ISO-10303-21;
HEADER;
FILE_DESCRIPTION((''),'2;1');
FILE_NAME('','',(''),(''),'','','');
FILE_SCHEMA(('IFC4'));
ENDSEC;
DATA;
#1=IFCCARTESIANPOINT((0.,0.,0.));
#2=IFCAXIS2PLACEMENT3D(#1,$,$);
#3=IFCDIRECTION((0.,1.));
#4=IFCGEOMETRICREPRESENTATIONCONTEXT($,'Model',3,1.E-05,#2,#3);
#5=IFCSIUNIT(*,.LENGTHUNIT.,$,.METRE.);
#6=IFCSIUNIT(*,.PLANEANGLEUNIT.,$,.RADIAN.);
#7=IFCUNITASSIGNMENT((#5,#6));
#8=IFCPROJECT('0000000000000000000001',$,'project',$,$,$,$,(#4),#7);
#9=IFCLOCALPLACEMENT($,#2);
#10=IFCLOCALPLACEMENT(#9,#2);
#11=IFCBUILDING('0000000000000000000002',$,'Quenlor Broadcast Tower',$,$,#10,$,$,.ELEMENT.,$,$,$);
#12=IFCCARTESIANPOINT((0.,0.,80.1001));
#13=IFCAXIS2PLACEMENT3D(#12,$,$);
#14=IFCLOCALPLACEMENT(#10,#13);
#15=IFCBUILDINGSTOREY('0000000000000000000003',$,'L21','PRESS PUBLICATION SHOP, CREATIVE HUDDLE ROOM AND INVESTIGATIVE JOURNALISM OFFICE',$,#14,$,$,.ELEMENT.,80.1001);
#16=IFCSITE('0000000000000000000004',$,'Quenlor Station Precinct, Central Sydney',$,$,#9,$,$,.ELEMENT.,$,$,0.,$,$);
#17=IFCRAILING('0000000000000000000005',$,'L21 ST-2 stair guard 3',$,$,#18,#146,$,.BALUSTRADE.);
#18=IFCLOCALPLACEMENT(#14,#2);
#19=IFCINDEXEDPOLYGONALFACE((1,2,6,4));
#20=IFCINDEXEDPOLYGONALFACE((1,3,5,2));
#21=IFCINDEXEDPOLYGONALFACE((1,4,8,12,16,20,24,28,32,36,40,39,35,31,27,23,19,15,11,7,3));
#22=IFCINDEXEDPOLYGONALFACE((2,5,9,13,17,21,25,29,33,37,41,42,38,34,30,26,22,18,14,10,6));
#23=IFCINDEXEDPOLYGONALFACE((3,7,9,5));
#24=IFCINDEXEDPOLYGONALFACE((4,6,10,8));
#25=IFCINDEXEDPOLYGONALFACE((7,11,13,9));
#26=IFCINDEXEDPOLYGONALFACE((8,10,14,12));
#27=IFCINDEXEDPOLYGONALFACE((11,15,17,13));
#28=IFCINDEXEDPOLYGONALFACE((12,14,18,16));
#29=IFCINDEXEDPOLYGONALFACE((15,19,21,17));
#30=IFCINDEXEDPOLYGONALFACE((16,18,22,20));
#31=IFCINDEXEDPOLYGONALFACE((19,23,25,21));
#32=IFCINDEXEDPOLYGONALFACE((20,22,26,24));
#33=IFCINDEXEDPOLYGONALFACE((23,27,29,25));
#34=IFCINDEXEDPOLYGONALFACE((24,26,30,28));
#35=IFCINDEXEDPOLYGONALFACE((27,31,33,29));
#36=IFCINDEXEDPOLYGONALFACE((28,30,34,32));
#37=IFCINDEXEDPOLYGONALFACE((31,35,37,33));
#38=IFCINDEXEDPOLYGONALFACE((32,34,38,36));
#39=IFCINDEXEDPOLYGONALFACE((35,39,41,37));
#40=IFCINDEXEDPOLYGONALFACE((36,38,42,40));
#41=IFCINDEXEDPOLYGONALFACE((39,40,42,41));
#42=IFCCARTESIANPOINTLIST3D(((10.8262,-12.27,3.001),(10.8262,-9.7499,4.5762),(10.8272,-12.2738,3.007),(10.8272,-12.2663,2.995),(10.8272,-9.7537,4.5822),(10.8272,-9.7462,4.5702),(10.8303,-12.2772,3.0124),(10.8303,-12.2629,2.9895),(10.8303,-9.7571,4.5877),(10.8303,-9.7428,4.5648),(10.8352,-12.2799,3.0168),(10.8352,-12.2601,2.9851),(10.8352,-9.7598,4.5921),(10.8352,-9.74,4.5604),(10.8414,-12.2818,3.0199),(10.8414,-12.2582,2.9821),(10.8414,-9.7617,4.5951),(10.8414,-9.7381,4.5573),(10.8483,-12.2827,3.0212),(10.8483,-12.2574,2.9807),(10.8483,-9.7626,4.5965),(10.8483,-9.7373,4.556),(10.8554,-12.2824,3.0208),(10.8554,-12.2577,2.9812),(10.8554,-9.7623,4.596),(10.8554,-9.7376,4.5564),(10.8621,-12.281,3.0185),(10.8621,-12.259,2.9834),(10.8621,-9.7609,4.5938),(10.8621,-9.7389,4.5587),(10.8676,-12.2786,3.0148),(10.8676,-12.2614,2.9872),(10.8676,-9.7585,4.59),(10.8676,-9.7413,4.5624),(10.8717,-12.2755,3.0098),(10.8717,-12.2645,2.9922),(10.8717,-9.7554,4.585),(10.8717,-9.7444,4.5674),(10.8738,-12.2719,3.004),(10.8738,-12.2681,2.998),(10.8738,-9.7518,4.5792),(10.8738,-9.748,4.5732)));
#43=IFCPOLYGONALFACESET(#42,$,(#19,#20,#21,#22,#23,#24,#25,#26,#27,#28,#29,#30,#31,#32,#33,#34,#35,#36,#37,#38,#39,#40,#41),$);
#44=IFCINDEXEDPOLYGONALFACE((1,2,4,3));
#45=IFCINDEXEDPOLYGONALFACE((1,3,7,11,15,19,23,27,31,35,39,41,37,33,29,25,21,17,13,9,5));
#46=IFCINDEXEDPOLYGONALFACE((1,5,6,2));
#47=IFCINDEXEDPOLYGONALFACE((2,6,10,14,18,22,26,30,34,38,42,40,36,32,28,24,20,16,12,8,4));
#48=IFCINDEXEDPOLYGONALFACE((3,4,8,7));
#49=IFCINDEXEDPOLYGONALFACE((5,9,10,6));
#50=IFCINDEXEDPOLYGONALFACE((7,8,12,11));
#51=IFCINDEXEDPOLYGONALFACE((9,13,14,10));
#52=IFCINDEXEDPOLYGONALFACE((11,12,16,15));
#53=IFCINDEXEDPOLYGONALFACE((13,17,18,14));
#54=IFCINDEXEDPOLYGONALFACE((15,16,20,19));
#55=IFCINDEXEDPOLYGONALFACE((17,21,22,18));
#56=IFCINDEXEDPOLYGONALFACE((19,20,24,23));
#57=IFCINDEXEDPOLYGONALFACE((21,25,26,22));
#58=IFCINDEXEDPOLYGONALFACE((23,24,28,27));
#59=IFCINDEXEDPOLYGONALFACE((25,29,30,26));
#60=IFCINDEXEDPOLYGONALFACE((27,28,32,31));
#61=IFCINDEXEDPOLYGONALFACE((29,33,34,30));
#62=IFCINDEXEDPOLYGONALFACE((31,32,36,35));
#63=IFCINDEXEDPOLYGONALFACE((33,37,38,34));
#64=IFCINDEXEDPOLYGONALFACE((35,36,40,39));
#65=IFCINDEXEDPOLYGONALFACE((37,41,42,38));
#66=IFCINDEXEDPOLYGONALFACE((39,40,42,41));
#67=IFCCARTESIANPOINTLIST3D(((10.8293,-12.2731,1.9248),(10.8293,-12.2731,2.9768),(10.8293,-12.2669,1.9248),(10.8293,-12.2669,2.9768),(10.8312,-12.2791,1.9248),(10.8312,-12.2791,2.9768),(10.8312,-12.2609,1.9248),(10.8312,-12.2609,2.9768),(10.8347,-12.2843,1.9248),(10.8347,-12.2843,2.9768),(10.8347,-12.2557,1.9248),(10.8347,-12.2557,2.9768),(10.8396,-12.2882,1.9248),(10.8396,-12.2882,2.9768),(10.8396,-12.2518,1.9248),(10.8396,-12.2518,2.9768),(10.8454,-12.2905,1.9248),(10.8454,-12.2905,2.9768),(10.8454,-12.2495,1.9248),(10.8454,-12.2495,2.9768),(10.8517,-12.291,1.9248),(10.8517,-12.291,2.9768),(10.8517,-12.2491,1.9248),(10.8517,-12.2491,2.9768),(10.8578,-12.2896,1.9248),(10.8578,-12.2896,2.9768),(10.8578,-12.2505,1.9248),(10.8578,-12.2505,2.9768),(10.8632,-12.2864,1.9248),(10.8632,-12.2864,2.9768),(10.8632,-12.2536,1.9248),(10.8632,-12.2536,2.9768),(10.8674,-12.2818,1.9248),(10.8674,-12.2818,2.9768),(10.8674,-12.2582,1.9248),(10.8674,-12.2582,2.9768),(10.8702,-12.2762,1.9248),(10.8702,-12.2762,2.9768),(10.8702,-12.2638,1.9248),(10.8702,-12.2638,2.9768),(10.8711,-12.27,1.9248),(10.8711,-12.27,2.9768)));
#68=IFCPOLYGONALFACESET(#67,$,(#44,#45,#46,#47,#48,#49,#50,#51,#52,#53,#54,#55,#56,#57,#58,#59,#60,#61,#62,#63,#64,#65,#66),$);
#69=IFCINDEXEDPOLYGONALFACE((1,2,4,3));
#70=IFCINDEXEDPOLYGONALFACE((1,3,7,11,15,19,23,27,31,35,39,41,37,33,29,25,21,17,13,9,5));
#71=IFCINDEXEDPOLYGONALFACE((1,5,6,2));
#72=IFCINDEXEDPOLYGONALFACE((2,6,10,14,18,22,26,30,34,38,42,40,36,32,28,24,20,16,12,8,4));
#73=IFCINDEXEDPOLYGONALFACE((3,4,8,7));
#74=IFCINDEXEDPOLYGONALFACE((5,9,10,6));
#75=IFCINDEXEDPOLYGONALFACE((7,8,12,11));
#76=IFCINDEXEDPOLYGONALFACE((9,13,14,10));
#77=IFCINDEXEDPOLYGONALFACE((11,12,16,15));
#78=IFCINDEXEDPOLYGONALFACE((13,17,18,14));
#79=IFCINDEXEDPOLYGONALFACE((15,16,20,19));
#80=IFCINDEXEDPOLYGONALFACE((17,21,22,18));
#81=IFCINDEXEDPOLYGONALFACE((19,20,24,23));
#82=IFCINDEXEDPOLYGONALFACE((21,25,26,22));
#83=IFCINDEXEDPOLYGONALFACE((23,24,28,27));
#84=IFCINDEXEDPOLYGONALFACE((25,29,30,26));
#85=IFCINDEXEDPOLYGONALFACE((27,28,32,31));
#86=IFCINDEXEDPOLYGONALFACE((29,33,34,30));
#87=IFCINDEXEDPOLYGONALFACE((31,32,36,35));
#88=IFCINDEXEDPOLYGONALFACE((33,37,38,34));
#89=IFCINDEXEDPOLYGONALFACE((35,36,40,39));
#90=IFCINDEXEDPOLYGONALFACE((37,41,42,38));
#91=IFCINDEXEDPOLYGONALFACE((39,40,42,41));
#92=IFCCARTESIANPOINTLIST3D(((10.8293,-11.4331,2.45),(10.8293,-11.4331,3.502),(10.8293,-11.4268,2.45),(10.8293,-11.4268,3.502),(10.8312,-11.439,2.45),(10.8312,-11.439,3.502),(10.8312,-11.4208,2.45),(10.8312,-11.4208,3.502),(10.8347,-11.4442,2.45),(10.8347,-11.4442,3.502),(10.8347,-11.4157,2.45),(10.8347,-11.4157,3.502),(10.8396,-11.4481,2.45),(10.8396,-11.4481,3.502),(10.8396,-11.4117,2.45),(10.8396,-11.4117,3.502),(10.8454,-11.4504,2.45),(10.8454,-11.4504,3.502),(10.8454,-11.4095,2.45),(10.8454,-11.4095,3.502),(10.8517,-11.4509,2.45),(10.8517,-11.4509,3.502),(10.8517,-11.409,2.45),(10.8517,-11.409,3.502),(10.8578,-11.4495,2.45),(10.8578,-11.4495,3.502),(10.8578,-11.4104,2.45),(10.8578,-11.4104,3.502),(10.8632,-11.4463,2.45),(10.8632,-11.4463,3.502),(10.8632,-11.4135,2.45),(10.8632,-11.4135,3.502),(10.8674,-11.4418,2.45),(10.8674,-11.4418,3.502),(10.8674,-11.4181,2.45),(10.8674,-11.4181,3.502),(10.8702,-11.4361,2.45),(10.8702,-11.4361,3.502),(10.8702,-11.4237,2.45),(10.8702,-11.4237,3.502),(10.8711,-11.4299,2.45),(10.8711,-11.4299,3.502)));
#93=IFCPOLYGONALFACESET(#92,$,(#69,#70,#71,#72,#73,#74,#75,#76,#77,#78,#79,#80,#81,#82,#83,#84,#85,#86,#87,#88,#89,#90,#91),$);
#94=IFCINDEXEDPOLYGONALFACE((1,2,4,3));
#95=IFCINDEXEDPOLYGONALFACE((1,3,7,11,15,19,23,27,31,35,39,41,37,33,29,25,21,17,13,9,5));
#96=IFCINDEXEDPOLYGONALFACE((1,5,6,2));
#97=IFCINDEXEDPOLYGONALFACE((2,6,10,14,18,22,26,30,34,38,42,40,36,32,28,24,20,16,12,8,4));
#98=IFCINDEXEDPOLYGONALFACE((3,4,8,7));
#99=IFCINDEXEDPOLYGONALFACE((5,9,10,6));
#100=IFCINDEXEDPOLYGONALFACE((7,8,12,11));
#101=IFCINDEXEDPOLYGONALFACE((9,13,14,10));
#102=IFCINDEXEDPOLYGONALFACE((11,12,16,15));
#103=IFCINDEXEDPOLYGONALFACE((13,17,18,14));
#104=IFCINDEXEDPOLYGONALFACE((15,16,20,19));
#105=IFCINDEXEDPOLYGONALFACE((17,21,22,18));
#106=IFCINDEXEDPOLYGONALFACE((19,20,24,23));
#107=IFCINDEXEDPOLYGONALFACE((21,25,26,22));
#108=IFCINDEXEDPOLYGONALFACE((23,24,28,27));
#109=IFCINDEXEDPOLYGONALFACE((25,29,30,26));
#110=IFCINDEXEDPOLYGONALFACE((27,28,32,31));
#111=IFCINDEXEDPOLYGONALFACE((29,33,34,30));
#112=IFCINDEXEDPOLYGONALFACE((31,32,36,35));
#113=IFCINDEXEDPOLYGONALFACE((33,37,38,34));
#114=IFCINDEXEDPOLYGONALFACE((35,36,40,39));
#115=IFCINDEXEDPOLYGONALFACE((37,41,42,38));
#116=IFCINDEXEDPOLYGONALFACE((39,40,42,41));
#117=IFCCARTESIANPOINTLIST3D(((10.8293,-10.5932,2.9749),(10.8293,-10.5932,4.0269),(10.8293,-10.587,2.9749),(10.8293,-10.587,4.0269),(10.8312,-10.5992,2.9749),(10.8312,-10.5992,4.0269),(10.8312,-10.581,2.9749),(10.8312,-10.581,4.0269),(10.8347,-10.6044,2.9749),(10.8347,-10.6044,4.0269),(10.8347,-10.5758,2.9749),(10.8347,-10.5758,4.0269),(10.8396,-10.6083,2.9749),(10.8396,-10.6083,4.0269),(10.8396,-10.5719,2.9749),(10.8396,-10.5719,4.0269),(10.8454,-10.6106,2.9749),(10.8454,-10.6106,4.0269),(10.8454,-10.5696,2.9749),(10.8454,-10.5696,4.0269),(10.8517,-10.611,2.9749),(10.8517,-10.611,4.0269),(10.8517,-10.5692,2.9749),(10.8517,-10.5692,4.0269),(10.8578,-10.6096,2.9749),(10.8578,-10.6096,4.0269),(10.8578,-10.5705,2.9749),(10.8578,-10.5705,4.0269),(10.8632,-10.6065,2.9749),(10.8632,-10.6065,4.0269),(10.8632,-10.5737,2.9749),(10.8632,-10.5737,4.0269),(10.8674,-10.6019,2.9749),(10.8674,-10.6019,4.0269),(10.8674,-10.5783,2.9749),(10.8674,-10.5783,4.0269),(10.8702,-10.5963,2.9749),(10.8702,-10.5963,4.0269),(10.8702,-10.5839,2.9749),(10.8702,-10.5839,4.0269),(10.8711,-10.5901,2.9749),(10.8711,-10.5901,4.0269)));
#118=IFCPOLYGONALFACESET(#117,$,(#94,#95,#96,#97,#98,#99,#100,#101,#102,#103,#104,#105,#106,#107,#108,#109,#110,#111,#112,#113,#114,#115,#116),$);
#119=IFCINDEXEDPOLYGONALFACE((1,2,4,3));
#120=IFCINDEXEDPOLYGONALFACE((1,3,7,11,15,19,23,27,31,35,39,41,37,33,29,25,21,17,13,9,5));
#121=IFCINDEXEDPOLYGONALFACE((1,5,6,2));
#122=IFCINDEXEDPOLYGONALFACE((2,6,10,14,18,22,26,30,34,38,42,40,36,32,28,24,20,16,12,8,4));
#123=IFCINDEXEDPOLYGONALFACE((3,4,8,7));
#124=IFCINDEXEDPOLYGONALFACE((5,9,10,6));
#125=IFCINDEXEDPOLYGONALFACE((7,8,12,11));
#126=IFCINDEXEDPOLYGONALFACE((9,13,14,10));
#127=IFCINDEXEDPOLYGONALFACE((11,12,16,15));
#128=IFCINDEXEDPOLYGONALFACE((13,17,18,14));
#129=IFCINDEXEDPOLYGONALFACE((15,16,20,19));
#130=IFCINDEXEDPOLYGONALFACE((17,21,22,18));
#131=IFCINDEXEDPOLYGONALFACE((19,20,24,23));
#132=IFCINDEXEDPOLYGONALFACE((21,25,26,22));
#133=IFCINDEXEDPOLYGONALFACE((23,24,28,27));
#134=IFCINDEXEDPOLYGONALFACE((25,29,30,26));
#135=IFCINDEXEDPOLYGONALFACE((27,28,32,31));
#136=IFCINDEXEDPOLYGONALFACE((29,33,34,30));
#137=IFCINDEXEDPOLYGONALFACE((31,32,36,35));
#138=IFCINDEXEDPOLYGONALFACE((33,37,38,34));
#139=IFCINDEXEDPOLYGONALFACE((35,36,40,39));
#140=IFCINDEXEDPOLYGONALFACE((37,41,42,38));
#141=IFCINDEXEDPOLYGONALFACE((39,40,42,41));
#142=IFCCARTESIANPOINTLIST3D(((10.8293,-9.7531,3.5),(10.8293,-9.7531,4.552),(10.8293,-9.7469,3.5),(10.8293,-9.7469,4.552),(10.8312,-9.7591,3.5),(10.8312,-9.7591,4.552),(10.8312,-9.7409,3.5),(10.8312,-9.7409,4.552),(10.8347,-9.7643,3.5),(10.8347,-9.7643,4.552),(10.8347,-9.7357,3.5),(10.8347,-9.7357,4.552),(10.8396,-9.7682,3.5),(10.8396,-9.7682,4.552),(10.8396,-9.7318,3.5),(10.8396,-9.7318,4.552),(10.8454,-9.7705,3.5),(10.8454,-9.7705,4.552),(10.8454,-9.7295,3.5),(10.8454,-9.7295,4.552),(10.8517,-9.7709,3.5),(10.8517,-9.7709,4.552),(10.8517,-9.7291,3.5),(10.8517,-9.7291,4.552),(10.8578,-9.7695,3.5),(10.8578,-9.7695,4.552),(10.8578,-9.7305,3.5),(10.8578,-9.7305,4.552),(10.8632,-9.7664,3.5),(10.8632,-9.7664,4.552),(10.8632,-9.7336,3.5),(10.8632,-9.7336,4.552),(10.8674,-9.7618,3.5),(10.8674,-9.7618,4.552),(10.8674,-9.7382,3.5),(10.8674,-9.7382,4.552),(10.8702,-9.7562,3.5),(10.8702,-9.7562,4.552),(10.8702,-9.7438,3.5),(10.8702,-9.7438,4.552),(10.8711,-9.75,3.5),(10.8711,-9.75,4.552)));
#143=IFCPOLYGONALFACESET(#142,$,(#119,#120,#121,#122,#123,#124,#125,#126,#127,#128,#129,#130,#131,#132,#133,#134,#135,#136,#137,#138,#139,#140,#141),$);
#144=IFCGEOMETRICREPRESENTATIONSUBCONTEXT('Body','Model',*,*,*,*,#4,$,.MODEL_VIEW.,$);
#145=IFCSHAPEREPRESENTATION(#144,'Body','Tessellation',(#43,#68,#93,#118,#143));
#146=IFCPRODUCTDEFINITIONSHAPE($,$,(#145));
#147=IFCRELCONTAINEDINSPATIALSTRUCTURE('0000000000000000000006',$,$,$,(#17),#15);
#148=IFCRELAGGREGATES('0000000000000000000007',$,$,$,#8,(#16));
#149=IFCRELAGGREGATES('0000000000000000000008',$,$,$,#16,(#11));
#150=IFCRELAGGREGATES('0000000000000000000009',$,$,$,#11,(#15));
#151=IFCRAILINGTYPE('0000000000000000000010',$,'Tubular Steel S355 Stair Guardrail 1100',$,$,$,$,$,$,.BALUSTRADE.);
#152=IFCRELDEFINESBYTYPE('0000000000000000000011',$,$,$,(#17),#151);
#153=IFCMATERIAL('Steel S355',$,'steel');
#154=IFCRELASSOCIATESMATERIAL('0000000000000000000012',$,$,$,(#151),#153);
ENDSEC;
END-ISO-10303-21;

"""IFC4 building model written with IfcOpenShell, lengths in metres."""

from ifc_helpers import new_model, si_unit, direction, frame, origin, origin_2d, place, context, subcontext, project, spatial, circle, extrude, material, type_object, element, save


model = new_model("IFC4")

# Units and contexts
model_context = context("Model", 3, precision=1e-05, world=origin(), true_north=direction((0.0, 1.0)))
body_context = subcontext(model_context, "Body", "Model", "MODEL_VIEW")
ifc_project = project(units=[si_unit("LENGTHUNIT", "METRE"), si_unit("PLANEANGLEUNIT", "RADIAN")], contexts=[model_context])

# Site, building, storey
site_placement = place(None, origin())
site = spatial("IfcSite", under=ifc_project, at=site_placement, Name="Quenlor Station Precinct, Central Sydney", CompositionType="ELEMENT", RefElevation=0.0)
building_placement = place(site_placement, origin())
building = spatial("IfcBuilding", under=site, at=building_placement, Name="Quenlor Broadcast Tower", CompositionType="ELEMENT")
storey_placement = place(building_placement, frame((0.0, 0.0, 80.1001)))
storey = spatial("IfcBuildingStorey", under=building, at=storey_placement, Name="L21", Description="PRESS PUBLICATION SHOP, CREATIVE HUDDLE ROOM AND INVESTIGATIVE JOURNALISM OFFICE", CompositionType="ELEMENT", Elevation=80.1001)

# Railing
ifc_material_1 = material(Name="Steel S355", Category="steel")
railing_type_1 = type_object("IfcRailingType", Name="Tubular Steel S355 Stair Guardrail 1100", PredefinedType="BALUSTRADE", material=ifc_material_1)
railing_1_placement = place(storey_placement, frame((10.8501, -12.27, 1.9248)))
element("IfcRailing", 1, at=railing_1_placement, inside=storey, type_object=railing_type_1, Name="L21 ST-2 stair guard 3", PredefinedType="BALUSTRADE", context=body_context, shape_type="SweptSolid", body=[
    extrude(circle(Radius=0.0239, at=origin_2d()), frame((0.0, 0.0, 1.0762), z_axis=(0.0, 0.847971, 0.530043), x_axis=(-1.0, 0.0, 0.0)), (0.0, 0.0, 1.0), 2.9719),
    extrude(circle(Radius=0.021, at=origin_2d()), origin(), (0.0, 0.0, 1.0), 1.052),
    extrude(circle(Radius=0.021, at=origin_2d()), frame((0.0, 0.8401, 0.5251)), (0.0, 0.0, 1.0), 1.052),
    extrude(circle(Radius=0.021, at=origin_2d()), frame((0.0, 1.6799, 1.05)), (0.0, 0.0, 1.0), 1.052),
    extrude(circle(Radius=0.021, at=origin_2d()), frame((0.0, 2.52, 1.5752)), (0.0, 0.0, 1.0), 1.052),
])

save(model, "model.ifc")
